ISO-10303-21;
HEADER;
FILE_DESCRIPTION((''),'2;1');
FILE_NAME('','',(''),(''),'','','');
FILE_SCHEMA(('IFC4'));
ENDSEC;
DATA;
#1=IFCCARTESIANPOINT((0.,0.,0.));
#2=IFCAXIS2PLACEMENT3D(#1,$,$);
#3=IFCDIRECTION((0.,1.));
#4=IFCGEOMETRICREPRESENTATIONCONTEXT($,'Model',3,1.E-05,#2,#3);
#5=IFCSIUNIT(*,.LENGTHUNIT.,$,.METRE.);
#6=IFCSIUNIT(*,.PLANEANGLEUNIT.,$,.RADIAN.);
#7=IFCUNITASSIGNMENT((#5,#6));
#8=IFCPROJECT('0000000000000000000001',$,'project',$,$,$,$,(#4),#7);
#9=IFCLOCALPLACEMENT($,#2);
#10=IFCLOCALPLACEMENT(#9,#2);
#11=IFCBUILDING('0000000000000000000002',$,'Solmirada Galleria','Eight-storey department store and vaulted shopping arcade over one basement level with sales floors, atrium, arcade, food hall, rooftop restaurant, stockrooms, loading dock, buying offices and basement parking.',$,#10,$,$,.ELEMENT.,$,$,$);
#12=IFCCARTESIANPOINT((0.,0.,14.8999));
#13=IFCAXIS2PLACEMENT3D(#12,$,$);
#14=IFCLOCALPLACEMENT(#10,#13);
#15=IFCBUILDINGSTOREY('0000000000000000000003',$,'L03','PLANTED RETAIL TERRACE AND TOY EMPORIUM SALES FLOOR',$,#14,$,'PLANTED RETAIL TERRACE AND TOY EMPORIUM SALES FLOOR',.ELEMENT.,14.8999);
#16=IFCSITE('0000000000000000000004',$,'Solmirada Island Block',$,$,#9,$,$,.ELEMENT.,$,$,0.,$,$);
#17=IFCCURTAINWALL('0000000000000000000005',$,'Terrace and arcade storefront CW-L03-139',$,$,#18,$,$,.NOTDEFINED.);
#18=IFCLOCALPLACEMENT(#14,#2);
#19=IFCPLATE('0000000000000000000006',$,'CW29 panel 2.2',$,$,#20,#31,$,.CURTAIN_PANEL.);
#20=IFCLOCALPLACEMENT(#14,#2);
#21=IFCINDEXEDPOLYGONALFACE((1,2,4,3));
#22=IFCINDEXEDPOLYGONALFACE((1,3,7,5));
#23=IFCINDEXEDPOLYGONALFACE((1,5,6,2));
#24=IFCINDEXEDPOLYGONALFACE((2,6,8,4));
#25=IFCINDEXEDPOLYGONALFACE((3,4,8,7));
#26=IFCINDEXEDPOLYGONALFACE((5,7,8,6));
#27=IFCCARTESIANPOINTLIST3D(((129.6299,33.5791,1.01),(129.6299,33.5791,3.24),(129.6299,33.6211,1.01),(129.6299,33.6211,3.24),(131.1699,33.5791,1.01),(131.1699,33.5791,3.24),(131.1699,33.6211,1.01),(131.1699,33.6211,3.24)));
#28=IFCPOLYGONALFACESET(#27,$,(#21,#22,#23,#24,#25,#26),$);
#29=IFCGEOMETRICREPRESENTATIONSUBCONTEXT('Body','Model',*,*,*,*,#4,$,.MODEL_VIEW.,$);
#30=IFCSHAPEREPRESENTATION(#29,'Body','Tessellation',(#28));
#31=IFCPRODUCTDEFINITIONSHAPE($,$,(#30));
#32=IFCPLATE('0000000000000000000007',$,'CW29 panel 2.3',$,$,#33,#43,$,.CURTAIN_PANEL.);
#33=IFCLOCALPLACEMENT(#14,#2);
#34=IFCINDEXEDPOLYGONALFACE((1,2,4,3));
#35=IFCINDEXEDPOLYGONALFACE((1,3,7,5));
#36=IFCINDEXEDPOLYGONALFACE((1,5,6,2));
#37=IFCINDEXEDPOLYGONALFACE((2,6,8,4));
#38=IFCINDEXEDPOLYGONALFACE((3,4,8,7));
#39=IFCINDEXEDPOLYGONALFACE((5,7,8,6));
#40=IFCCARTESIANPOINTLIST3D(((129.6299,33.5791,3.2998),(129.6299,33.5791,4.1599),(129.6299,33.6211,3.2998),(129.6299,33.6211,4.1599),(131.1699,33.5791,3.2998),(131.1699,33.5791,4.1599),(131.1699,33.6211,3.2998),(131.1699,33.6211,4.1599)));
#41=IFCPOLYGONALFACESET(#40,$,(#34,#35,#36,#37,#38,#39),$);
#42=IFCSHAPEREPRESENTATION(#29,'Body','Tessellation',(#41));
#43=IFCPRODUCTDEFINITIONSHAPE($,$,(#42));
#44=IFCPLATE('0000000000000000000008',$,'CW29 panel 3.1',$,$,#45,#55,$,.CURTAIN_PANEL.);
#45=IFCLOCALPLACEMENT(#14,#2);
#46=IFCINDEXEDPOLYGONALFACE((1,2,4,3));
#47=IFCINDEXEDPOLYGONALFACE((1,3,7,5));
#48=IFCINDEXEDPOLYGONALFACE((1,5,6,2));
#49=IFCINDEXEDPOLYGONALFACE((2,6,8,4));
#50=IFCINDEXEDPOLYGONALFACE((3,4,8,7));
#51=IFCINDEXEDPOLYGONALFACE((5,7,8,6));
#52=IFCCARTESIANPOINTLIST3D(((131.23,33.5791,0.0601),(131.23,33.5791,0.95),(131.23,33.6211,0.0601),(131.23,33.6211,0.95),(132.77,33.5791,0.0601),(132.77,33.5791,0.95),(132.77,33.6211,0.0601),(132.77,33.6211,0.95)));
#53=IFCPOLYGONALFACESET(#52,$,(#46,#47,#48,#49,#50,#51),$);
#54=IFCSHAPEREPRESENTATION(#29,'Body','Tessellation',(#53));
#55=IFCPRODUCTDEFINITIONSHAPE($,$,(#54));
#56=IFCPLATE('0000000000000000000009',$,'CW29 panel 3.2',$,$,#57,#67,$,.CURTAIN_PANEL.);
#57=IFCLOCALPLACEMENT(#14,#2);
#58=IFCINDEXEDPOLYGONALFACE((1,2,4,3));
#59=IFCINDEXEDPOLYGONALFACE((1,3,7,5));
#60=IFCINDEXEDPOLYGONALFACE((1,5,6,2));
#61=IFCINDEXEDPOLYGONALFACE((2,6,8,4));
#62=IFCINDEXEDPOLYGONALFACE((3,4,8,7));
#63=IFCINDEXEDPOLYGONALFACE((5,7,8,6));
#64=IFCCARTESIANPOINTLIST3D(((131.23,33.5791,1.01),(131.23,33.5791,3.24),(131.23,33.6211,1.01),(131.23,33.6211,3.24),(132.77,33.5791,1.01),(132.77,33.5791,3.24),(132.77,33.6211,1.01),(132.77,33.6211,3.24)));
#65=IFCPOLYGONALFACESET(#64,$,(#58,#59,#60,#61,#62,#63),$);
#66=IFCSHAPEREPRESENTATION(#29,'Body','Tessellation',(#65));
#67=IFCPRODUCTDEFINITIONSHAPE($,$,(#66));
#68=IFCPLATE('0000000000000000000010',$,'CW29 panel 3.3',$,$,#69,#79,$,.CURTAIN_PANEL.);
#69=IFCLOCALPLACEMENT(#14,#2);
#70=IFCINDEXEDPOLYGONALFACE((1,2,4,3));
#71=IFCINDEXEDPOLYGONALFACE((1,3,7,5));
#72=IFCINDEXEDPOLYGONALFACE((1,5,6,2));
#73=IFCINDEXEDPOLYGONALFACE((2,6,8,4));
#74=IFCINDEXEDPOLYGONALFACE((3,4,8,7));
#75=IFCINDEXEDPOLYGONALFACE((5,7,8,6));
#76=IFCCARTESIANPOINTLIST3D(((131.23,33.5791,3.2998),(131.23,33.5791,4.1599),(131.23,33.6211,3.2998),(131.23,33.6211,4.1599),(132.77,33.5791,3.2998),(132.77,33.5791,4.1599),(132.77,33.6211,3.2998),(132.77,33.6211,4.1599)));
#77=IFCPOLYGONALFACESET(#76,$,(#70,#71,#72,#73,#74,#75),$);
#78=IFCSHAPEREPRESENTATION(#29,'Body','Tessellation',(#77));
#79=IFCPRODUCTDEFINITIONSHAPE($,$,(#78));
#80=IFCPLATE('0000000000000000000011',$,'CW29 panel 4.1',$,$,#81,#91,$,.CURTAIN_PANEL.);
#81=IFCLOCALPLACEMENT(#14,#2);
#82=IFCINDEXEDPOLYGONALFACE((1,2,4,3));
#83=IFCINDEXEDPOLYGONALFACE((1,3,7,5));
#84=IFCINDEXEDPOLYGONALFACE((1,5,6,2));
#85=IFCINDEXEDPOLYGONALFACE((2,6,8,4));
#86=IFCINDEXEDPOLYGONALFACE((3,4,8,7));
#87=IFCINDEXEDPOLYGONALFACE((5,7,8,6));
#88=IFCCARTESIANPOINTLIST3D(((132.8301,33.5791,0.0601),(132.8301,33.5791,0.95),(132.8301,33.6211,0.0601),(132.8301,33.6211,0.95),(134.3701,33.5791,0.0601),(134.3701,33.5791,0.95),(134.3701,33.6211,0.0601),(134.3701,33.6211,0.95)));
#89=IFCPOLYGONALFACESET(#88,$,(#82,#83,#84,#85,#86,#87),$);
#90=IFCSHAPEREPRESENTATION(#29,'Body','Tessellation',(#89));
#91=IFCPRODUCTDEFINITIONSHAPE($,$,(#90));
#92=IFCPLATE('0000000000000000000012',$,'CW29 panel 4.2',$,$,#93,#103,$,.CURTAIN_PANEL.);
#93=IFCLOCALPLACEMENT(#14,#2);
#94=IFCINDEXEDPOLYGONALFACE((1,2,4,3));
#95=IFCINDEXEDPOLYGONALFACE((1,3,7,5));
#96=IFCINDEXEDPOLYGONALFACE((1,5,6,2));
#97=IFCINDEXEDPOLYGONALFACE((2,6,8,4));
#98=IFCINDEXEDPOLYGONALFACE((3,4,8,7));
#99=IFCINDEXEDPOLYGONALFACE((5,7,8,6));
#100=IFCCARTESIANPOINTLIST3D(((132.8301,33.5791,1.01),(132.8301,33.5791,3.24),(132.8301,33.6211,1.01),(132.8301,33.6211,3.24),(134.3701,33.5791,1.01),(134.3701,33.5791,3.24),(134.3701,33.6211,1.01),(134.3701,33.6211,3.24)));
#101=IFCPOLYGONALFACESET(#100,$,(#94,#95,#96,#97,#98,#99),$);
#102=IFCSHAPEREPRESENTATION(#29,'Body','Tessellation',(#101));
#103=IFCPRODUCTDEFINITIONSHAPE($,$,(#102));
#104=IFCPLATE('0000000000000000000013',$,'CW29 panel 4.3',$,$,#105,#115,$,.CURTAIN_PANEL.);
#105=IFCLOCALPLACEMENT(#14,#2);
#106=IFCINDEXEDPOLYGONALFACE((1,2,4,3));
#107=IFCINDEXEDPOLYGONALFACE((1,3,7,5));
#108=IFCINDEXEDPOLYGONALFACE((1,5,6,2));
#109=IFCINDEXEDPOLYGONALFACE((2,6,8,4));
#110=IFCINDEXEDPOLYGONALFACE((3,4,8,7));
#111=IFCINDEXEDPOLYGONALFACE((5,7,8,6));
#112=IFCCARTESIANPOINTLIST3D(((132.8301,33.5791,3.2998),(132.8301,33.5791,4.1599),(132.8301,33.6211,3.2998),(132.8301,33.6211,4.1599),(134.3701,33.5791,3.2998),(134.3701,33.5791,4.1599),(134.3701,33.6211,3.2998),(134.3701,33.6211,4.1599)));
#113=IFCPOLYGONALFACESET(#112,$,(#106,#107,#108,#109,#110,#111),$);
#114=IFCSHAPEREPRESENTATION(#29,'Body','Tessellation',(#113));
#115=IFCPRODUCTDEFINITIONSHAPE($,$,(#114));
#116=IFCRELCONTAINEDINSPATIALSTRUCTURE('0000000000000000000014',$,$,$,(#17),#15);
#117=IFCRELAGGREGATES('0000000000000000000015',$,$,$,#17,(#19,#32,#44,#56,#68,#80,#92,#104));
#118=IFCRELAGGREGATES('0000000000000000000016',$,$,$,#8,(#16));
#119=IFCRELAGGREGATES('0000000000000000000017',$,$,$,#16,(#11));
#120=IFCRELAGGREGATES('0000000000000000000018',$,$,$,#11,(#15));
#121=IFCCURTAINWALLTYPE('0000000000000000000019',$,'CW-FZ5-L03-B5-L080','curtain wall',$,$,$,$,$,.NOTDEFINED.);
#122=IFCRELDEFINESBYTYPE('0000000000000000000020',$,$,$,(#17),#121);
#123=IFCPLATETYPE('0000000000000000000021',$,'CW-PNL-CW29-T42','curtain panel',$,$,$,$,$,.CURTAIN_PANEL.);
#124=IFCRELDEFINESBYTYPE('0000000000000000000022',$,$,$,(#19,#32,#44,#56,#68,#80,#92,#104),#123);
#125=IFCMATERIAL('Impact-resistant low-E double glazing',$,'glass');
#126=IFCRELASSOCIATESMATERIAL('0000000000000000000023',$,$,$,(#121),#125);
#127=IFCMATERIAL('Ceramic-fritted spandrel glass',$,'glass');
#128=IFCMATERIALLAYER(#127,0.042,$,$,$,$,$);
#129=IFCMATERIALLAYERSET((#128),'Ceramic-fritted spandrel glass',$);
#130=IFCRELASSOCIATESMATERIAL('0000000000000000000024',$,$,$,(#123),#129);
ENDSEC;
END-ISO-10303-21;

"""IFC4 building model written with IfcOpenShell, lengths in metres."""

from ifc_helpers import new_model, si_unit, direction, frame, origin, origin_2d, place, context, subcontext, project, spatial, rectangle, extrude, material, layer, layer_set, type_object, element, aggregate, save


model = new_model("IFC4")

# Units and contexts
model_context = context("Model", 3, precision=1e-05, world=origin(), true_north=direction((0.0, 1.0)))
body_context = subcontext(model_context, "Body", "Model", "MODEL_VIEW")
ifc_project = project(units=[si_unit("LENGTHUNIT", "METRE"), si_unit("PLANEANGLEUNIT", "RADIAN")], contexts=[model_context])

# Site, building, storey
site_placement = place(None, origin())
site = spatial("IfcSite", under=ifc_project, at=site_placement, Name="Solmirada Island Block", CompositionType="ELEMENT", RefElevation=0.0)
building_placement = place(site_placement, origin())
building = spatial("IfcBuilding", under=site, at=building_placement, Name="Solmirada Galleria", Description="Eight-storey department store and vaulted shopping arcade over one basement level with sales floors, atrium, arcade, food hall, rooftop restaurant, stockrooms, loading dock, buying offices and basement parking.", CompositionType="ELEMENT")
storey_placement = place(building_placement, frame((0.0, 0.0, 14.8999)))
storey = spatial("IfcBuildingStorey", under=building, at=storey_placement, Name="L03", Description="PLANTED RETAIL TERRACE AND TOY EMPORIUM SALES FLOOR", LongName="PLANTED RETAIL TERRACE AND TOY EMPORIUM SALES FLOOR", CompositionType="ELEMENT", Elevation=14.8999)

# Curtain wall, plates
ifc_material_1 = material(Name="Impact-resistant low-E double glazing", Category="glass")
curtain_wall_type = type_object("IfcCurtainWallType", Name="CW-FZ5-L03-B5-L080", Description="curtain wall", PredefinedType="NOTDEFINED", material=ifc_material_1)
curtain_wall_placement = place(storey_placement, origin())
curtain_wall = element("IfcCurtainWall", 1, at=curtain_wall_placement, inside=storey, type_object=curtain_wall_type, Name="Terrace and arcade storefront CW-L03-139", PredefinedType="NOTDEFINED")
ifc_material_2 = material(Name="Ceramic-fritted spandrel glass", Category="glass")
ifc_layer = layer(ifc_material_2, 0.042)
ifc_layer_set = layer_set([ifc_layer], Name="Ceramic-fritted spandrel glass")
plate_type = type_object("IfcPlateType", Name="CW-PNL-CW29-T42", Description="curtain panel", PredefinedType="CURTAIN_PANEL", material=ifc_layer_set)
plate_1_placement = place(storey_placement, frame((130.3999, 33.6001, 1.01), z_axis=(0.0, 0.0, 1.0), x_axis=(1.0, 0.0, 0.0)))
plate_1 = element("IfcPlate", 2, at=plate_1_placement, type_object=plate_type, Name="CW29 panel 2.2", PredefinedType="CURTAIN_PANEL", context=body_context, shape_type="SweptSolid", body=[
    extrude(rectangle(XDim=1.54, YDim=0.042, at=origin_2d()), origin(), (0.0, 0.0, 1.0), 2.23),
])
plate_2_placement = place(storey_placement, frame((130.3999, 33.6001, 3.2998), z_axis=(0.0, 0.0, 1.0), x_axis=(1.0, 0.0, 0.0)))
plate_2 = element("IfcPlate", 3, at=plate_2_placement, type_object=plate_type, Name="CW29 panel 2.3", PredefinedType="CURTAIN_PANEL", context=body_context, shape_type="SweptSolid", body=[
    extrude(rectangle(XDim=1.54, YDim=0.042, at=origin_2d()), origin(), (0.0, 0.0, 1.0), 0.8601),
])
plate_3_placement = place(storey_placement, frame((132.0, 33.6001, 0.0601), z_axis=(0.0, 0.0, 1.0), x_axis=(1.0, 0.0, 0.0)))
plate_3 = element("IfcPlate", 4, at=plate_3_placement, type_object=plate_type, Name="CW29 panel 3.1", PredefinedType="CURTAIN_PANEL", context=body_context, shape_type="SweptSolid", body=[
    extrude(rectangle(XDim=1.54, YDim=0.042, at=origin_2d()), origin(), (0.0, 0.0, 1.0), 0.8899),
])
plate_4_placement = place(storey_placement, frame((132.0, 33.6001, 1.01), z_axis=(0.0, 0.0, 1.0), x_axis=(1.0, 0.0, 0.0)))
plate_4 = element("IfcPlate", 5, at=plate_4_placement, type_object=plate_type, Name="CW29 panel 3.2", PredefinedType="CURTAIN_PANEL", context=body_context, shape_type="SweptSolid", body=[
    extrude(rectangle(XDim=1.54, YDim=0.042, at=origin_2d()), origin(), (0.0, 0.0, 1.0), 2.23),
])
plate_5_placement = place(storey_placement, frame((132.0, 33.6001, 3.2998), z_axis=(0.0, 0.0, 1.0), x_axis=(1.0, 0.0, 0.0)))
plate_5 = element("IfcPlate", 6, at=plate_5_placement, type_object=plate_type, Name="CW29 panel 3.3", PredefinedType="CURTAIN_PANEL", context=body_context, shape_type="SweptSolid", body=[
    extrude(rectangle(XDim=1.54, YDim=0.042, at=origin_2d()), origin(), (0.0, 0.0, 1.0), 0.8601),
])
plate_6_placement = place(storey_placement, frame((133.6001, 33.6001, 0.0601), z_axis=(0.0, 0.0, 1.0), x_axis=(1.0, 0.0, 0.0)))
plate_6 = element("IfcPlate", 7, at=plate_6_placement, type_object=plate_type, Name="CW29 panel 4.1", PredefinedType="CURTAIN_PANEL", context=body_context, shape_type="SweptSolid", body=[
    extrude(rectangle(XDim=1.54, YDim=0.042, at=origin_2d()), origin(), (0.0, 0.0, 1.0), 0.8899),
])
plate_7_placement = place(storey_placement, frame((133.6001, 33.6001, 1.01), z_axis=(0.0, 0.0, 1.0), x_axis=(1.0, 0.0, 0.0)))
plate_7 = element("IfcPlate", 8, at=plate_7_placement, type_object=plate_type, Name="CW29 panel 4.2", PredefinedType="CURTAIN_PANEL", context=body_context, shape_type="SweptSolid", body=[
    extrude(rectangle(XDim=1.54, YDim=0.042, at=origin_2d()), origin(), (0.0, 0.0, 1.0), 2.23),
])
plate_8_placement = place(storey_placement, frame((133.6001, 33.6001, 3.2998), z_axis=(0.0, 0.0, 1.0), x_axis=(1.0, 0.0, 0.0)))
plate_8 = element("IfcPlate", 9, at=plate_8_placement, type_object=plate_type, Name="CW29 panel 4.3", PredefinedType="CURTAIN_PANEL", context=body_context, shape_type="SweptSolid", body=[
    extrude(rectangle(XDim=1.54, YDim=0.042, at=origin_2d()), origin(), (0.0, 0.0, 1.0), 0.8601),
])
aggregate(curtain_wall, [plate_1, plate_2, plate_3, plate_4, plate_5, plate_6, plate_7, plate_8])

save(model, "model.ifc")
